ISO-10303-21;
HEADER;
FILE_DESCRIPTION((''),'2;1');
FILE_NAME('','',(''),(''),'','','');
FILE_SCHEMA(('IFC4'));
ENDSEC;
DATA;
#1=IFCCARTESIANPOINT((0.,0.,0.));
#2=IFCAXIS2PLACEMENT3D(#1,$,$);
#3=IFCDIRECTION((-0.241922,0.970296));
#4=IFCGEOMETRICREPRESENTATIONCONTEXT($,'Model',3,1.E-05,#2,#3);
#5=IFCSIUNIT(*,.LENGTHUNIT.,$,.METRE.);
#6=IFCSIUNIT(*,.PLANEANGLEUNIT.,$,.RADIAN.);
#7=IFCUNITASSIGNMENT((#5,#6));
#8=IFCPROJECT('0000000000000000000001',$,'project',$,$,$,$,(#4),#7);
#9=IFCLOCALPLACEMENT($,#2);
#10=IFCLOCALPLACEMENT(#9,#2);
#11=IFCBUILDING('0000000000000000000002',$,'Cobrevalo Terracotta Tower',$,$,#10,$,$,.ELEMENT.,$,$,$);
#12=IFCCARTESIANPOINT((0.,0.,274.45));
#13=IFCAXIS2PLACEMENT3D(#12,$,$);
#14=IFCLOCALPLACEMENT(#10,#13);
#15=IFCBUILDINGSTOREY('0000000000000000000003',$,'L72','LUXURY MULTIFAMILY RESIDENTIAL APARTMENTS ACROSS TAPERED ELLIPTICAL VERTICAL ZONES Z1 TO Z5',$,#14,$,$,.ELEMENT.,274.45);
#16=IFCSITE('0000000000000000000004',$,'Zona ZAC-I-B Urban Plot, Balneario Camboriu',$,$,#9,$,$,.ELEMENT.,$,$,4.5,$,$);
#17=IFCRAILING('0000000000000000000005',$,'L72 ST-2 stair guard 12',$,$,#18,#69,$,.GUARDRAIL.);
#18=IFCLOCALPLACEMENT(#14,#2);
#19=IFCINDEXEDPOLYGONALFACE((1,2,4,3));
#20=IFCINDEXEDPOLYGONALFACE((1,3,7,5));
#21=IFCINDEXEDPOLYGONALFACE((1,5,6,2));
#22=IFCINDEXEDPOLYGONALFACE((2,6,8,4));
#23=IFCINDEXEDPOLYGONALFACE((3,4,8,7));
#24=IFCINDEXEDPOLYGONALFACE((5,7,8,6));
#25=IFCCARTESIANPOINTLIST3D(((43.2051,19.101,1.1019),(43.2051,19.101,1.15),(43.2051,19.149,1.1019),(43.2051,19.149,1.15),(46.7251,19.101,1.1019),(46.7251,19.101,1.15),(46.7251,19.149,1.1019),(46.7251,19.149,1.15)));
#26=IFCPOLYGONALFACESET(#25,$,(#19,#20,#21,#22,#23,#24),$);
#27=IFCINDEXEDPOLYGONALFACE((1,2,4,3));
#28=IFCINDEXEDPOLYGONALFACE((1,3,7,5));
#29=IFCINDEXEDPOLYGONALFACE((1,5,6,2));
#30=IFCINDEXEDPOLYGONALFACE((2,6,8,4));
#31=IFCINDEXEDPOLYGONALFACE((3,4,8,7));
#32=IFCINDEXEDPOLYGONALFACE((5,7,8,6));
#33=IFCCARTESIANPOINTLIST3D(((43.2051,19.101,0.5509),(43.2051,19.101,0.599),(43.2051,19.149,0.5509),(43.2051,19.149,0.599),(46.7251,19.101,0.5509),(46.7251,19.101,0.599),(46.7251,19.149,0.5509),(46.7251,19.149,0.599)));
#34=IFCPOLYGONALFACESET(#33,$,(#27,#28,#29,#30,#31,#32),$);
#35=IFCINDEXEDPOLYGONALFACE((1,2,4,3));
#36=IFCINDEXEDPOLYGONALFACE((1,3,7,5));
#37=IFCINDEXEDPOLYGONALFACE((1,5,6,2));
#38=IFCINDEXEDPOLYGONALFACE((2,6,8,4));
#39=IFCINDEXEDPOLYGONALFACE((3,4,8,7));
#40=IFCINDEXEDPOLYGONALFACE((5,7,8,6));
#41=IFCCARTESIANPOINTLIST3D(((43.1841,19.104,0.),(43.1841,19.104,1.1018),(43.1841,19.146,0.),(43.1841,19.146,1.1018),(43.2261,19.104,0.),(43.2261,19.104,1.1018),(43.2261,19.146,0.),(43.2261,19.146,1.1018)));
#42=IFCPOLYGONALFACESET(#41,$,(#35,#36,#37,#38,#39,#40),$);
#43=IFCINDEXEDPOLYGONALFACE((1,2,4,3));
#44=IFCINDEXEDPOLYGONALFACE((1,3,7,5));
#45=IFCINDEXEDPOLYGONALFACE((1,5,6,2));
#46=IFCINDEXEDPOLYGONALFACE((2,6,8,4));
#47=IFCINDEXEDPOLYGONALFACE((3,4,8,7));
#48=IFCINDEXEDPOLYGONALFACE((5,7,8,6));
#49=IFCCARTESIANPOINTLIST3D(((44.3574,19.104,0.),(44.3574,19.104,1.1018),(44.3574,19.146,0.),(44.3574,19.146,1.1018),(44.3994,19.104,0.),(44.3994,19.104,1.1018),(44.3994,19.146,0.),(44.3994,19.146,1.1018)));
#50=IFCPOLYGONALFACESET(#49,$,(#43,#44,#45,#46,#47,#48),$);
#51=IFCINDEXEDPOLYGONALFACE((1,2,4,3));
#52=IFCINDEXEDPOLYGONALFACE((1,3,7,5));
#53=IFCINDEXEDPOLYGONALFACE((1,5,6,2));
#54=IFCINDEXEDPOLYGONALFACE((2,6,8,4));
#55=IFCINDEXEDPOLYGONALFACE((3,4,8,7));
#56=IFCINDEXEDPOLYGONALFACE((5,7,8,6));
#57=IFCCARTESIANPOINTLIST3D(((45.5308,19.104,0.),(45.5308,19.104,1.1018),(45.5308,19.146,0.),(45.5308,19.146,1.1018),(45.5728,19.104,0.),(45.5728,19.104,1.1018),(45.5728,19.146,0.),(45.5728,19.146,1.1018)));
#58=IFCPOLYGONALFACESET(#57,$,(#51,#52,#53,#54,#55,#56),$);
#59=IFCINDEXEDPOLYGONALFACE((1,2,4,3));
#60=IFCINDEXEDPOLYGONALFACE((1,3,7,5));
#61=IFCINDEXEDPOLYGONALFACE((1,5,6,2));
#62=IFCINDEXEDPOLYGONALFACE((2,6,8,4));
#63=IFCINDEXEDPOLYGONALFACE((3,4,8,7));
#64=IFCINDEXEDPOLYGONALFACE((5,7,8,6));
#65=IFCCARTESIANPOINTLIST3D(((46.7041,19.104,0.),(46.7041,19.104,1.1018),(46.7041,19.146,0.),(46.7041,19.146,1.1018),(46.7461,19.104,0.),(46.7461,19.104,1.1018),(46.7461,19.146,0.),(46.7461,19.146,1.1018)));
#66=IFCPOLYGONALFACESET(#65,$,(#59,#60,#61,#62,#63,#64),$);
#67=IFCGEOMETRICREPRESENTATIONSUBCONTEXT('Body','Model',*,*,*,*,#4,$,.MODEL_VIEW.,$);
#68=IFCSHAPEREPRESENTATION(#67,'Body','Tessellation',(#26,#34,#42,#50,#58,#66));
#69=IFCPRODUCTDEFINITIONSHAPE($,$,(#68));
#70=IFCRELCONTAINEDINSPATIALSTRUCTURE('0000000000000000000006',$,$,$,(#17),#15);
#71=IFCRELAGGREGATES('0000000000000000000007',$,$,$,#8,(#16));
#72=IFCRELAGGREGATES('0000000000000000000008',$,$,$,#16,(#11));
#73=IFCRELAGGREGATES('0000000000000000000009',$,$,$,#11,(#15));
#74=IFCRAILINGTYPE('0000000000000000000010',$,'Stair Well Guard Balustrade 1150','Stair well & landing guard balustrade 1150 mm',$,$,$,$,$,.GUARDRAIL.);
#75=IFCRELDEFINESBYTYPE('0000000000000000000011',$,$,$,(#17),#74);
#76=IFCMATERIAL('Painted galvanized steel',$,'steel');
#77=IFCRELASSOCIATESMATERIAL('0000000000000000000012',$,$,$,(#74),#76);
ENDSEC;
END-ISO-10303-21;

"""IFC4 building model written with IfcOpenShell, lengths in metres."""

from ifc_helpers import new_model, si_unit, direction, frame, origin, origin_2d, place, context, subcontext, project, spatial, rectangle, extrude, material, type_object, element, save


model = new_model("IFC4")

# Units and contexts
model_context = context("Model", 3, precision=1e-05, world=origin(), true_north=direction((-0.241922, 0.970296)))
body_context = subcontext(model_context, "Body", "Model", "MODEL_VIEW")
ifc_project = project(units=[si_unit("LENGTHUNIT", "METRE"), si_unit("PLANEANGLEUNIT", "RADIAN")], contexts=[model_context])

# Site, building, storey
site_placement = place(None, origin())
site = spatial("IfcSite", under=ifc_project, at=site_placement, Name="Zona ZAC-I-B Urban Plot, Balneario Camboriu", CompositionType="ELEMENT", RefElevation=4.5)
building_placement = place(site_placement, origin())
building = spatial("IfcBuilding", under=site, at=building_placement, Name="Cobrevalo Terracotta Tower", CompositionType="ELEMENT")
storey_placement = place(building_placement, frame((0.0, 0.0, 274.45)))
storey = spatial("IfcBuildingStorey", under=building, at=storey_placement, Name="L72", Description="LUXURY MULTIFAMILY RESIDENTIAL APARTMENTS ACROSS TAPERED ELLIPTICAL VERTICAL ZONES Z1 TO Z5", CompositionType="ELEMENT", Elevation=274.45)

# Railing
ifc_material_1 = material(Name="Painted galvanized steel", Category="steel")
railing_type_1 = type_object("IfcRailingType", Name="Stair Well Guard Balustrade 1150", Description="Stair well & landing guard balustrade 1150 mm", PredefinedType="GUARDRAIL", material=ifc_material_1)
railing_1_placement = place(storey_placement, frame((43.2051, 19.125, 0.0)))
element("IfcRailing", 1, at=railing_1_placement, inside=storey, type_object=railing_type_1, Name="L72 ST-2 stair guard 12", PredefinedType="GUARDRAIL", context=body_context, shape_type="SweptSolid", body=[
    extrude(rectangle(XDim=0.0481, YDim=0.0481, at=origin_2d()), frame((0.0, 0.0, 1.126), z_axis=(1.0, 0.0, 0.0), x_axis=(0.0, 1.0, 0.0)), (0.0, 0.0, 1.0), 3.52),
    extrude(rectangle(XDim=0.0481, YDim=0.0481, at=origin_2d()), frame((0.0, 0.0, 0.575), z_axis=(1.0, 0.0, 0.0), x_axis=(0.0, 1.0, 0.0)), (0.0, 0.0, 1.0), 3.52),
    extrude(rectangle(XDim=0.042, YDim=0.042, at=origin_2d()), origin(), (0.0, 0.0, 1.0), 1.1018),
    extrude(rectangle(XDim=0.042, YDim=0.042, at=origin_2d()), frame((1.1733, 0.0, 0.0)), (0.0, 0.0, 1.0), 1.1018),
    extrude(rectangle(XDim=0.042, YDim=0.042, at=origin_2d()), frame((2.3467, 0.0, 0.0)), (0.0, 0.0, 1.0), 1.1018),
    extrude(rectangle(XDim=0.042, YDim=0.042, at=origin_2d()), frame((3.52, 0.0, 0.0)), (0.0, 0.0, 1.0), 1.1018),
])

save(model, "model.ifc")
